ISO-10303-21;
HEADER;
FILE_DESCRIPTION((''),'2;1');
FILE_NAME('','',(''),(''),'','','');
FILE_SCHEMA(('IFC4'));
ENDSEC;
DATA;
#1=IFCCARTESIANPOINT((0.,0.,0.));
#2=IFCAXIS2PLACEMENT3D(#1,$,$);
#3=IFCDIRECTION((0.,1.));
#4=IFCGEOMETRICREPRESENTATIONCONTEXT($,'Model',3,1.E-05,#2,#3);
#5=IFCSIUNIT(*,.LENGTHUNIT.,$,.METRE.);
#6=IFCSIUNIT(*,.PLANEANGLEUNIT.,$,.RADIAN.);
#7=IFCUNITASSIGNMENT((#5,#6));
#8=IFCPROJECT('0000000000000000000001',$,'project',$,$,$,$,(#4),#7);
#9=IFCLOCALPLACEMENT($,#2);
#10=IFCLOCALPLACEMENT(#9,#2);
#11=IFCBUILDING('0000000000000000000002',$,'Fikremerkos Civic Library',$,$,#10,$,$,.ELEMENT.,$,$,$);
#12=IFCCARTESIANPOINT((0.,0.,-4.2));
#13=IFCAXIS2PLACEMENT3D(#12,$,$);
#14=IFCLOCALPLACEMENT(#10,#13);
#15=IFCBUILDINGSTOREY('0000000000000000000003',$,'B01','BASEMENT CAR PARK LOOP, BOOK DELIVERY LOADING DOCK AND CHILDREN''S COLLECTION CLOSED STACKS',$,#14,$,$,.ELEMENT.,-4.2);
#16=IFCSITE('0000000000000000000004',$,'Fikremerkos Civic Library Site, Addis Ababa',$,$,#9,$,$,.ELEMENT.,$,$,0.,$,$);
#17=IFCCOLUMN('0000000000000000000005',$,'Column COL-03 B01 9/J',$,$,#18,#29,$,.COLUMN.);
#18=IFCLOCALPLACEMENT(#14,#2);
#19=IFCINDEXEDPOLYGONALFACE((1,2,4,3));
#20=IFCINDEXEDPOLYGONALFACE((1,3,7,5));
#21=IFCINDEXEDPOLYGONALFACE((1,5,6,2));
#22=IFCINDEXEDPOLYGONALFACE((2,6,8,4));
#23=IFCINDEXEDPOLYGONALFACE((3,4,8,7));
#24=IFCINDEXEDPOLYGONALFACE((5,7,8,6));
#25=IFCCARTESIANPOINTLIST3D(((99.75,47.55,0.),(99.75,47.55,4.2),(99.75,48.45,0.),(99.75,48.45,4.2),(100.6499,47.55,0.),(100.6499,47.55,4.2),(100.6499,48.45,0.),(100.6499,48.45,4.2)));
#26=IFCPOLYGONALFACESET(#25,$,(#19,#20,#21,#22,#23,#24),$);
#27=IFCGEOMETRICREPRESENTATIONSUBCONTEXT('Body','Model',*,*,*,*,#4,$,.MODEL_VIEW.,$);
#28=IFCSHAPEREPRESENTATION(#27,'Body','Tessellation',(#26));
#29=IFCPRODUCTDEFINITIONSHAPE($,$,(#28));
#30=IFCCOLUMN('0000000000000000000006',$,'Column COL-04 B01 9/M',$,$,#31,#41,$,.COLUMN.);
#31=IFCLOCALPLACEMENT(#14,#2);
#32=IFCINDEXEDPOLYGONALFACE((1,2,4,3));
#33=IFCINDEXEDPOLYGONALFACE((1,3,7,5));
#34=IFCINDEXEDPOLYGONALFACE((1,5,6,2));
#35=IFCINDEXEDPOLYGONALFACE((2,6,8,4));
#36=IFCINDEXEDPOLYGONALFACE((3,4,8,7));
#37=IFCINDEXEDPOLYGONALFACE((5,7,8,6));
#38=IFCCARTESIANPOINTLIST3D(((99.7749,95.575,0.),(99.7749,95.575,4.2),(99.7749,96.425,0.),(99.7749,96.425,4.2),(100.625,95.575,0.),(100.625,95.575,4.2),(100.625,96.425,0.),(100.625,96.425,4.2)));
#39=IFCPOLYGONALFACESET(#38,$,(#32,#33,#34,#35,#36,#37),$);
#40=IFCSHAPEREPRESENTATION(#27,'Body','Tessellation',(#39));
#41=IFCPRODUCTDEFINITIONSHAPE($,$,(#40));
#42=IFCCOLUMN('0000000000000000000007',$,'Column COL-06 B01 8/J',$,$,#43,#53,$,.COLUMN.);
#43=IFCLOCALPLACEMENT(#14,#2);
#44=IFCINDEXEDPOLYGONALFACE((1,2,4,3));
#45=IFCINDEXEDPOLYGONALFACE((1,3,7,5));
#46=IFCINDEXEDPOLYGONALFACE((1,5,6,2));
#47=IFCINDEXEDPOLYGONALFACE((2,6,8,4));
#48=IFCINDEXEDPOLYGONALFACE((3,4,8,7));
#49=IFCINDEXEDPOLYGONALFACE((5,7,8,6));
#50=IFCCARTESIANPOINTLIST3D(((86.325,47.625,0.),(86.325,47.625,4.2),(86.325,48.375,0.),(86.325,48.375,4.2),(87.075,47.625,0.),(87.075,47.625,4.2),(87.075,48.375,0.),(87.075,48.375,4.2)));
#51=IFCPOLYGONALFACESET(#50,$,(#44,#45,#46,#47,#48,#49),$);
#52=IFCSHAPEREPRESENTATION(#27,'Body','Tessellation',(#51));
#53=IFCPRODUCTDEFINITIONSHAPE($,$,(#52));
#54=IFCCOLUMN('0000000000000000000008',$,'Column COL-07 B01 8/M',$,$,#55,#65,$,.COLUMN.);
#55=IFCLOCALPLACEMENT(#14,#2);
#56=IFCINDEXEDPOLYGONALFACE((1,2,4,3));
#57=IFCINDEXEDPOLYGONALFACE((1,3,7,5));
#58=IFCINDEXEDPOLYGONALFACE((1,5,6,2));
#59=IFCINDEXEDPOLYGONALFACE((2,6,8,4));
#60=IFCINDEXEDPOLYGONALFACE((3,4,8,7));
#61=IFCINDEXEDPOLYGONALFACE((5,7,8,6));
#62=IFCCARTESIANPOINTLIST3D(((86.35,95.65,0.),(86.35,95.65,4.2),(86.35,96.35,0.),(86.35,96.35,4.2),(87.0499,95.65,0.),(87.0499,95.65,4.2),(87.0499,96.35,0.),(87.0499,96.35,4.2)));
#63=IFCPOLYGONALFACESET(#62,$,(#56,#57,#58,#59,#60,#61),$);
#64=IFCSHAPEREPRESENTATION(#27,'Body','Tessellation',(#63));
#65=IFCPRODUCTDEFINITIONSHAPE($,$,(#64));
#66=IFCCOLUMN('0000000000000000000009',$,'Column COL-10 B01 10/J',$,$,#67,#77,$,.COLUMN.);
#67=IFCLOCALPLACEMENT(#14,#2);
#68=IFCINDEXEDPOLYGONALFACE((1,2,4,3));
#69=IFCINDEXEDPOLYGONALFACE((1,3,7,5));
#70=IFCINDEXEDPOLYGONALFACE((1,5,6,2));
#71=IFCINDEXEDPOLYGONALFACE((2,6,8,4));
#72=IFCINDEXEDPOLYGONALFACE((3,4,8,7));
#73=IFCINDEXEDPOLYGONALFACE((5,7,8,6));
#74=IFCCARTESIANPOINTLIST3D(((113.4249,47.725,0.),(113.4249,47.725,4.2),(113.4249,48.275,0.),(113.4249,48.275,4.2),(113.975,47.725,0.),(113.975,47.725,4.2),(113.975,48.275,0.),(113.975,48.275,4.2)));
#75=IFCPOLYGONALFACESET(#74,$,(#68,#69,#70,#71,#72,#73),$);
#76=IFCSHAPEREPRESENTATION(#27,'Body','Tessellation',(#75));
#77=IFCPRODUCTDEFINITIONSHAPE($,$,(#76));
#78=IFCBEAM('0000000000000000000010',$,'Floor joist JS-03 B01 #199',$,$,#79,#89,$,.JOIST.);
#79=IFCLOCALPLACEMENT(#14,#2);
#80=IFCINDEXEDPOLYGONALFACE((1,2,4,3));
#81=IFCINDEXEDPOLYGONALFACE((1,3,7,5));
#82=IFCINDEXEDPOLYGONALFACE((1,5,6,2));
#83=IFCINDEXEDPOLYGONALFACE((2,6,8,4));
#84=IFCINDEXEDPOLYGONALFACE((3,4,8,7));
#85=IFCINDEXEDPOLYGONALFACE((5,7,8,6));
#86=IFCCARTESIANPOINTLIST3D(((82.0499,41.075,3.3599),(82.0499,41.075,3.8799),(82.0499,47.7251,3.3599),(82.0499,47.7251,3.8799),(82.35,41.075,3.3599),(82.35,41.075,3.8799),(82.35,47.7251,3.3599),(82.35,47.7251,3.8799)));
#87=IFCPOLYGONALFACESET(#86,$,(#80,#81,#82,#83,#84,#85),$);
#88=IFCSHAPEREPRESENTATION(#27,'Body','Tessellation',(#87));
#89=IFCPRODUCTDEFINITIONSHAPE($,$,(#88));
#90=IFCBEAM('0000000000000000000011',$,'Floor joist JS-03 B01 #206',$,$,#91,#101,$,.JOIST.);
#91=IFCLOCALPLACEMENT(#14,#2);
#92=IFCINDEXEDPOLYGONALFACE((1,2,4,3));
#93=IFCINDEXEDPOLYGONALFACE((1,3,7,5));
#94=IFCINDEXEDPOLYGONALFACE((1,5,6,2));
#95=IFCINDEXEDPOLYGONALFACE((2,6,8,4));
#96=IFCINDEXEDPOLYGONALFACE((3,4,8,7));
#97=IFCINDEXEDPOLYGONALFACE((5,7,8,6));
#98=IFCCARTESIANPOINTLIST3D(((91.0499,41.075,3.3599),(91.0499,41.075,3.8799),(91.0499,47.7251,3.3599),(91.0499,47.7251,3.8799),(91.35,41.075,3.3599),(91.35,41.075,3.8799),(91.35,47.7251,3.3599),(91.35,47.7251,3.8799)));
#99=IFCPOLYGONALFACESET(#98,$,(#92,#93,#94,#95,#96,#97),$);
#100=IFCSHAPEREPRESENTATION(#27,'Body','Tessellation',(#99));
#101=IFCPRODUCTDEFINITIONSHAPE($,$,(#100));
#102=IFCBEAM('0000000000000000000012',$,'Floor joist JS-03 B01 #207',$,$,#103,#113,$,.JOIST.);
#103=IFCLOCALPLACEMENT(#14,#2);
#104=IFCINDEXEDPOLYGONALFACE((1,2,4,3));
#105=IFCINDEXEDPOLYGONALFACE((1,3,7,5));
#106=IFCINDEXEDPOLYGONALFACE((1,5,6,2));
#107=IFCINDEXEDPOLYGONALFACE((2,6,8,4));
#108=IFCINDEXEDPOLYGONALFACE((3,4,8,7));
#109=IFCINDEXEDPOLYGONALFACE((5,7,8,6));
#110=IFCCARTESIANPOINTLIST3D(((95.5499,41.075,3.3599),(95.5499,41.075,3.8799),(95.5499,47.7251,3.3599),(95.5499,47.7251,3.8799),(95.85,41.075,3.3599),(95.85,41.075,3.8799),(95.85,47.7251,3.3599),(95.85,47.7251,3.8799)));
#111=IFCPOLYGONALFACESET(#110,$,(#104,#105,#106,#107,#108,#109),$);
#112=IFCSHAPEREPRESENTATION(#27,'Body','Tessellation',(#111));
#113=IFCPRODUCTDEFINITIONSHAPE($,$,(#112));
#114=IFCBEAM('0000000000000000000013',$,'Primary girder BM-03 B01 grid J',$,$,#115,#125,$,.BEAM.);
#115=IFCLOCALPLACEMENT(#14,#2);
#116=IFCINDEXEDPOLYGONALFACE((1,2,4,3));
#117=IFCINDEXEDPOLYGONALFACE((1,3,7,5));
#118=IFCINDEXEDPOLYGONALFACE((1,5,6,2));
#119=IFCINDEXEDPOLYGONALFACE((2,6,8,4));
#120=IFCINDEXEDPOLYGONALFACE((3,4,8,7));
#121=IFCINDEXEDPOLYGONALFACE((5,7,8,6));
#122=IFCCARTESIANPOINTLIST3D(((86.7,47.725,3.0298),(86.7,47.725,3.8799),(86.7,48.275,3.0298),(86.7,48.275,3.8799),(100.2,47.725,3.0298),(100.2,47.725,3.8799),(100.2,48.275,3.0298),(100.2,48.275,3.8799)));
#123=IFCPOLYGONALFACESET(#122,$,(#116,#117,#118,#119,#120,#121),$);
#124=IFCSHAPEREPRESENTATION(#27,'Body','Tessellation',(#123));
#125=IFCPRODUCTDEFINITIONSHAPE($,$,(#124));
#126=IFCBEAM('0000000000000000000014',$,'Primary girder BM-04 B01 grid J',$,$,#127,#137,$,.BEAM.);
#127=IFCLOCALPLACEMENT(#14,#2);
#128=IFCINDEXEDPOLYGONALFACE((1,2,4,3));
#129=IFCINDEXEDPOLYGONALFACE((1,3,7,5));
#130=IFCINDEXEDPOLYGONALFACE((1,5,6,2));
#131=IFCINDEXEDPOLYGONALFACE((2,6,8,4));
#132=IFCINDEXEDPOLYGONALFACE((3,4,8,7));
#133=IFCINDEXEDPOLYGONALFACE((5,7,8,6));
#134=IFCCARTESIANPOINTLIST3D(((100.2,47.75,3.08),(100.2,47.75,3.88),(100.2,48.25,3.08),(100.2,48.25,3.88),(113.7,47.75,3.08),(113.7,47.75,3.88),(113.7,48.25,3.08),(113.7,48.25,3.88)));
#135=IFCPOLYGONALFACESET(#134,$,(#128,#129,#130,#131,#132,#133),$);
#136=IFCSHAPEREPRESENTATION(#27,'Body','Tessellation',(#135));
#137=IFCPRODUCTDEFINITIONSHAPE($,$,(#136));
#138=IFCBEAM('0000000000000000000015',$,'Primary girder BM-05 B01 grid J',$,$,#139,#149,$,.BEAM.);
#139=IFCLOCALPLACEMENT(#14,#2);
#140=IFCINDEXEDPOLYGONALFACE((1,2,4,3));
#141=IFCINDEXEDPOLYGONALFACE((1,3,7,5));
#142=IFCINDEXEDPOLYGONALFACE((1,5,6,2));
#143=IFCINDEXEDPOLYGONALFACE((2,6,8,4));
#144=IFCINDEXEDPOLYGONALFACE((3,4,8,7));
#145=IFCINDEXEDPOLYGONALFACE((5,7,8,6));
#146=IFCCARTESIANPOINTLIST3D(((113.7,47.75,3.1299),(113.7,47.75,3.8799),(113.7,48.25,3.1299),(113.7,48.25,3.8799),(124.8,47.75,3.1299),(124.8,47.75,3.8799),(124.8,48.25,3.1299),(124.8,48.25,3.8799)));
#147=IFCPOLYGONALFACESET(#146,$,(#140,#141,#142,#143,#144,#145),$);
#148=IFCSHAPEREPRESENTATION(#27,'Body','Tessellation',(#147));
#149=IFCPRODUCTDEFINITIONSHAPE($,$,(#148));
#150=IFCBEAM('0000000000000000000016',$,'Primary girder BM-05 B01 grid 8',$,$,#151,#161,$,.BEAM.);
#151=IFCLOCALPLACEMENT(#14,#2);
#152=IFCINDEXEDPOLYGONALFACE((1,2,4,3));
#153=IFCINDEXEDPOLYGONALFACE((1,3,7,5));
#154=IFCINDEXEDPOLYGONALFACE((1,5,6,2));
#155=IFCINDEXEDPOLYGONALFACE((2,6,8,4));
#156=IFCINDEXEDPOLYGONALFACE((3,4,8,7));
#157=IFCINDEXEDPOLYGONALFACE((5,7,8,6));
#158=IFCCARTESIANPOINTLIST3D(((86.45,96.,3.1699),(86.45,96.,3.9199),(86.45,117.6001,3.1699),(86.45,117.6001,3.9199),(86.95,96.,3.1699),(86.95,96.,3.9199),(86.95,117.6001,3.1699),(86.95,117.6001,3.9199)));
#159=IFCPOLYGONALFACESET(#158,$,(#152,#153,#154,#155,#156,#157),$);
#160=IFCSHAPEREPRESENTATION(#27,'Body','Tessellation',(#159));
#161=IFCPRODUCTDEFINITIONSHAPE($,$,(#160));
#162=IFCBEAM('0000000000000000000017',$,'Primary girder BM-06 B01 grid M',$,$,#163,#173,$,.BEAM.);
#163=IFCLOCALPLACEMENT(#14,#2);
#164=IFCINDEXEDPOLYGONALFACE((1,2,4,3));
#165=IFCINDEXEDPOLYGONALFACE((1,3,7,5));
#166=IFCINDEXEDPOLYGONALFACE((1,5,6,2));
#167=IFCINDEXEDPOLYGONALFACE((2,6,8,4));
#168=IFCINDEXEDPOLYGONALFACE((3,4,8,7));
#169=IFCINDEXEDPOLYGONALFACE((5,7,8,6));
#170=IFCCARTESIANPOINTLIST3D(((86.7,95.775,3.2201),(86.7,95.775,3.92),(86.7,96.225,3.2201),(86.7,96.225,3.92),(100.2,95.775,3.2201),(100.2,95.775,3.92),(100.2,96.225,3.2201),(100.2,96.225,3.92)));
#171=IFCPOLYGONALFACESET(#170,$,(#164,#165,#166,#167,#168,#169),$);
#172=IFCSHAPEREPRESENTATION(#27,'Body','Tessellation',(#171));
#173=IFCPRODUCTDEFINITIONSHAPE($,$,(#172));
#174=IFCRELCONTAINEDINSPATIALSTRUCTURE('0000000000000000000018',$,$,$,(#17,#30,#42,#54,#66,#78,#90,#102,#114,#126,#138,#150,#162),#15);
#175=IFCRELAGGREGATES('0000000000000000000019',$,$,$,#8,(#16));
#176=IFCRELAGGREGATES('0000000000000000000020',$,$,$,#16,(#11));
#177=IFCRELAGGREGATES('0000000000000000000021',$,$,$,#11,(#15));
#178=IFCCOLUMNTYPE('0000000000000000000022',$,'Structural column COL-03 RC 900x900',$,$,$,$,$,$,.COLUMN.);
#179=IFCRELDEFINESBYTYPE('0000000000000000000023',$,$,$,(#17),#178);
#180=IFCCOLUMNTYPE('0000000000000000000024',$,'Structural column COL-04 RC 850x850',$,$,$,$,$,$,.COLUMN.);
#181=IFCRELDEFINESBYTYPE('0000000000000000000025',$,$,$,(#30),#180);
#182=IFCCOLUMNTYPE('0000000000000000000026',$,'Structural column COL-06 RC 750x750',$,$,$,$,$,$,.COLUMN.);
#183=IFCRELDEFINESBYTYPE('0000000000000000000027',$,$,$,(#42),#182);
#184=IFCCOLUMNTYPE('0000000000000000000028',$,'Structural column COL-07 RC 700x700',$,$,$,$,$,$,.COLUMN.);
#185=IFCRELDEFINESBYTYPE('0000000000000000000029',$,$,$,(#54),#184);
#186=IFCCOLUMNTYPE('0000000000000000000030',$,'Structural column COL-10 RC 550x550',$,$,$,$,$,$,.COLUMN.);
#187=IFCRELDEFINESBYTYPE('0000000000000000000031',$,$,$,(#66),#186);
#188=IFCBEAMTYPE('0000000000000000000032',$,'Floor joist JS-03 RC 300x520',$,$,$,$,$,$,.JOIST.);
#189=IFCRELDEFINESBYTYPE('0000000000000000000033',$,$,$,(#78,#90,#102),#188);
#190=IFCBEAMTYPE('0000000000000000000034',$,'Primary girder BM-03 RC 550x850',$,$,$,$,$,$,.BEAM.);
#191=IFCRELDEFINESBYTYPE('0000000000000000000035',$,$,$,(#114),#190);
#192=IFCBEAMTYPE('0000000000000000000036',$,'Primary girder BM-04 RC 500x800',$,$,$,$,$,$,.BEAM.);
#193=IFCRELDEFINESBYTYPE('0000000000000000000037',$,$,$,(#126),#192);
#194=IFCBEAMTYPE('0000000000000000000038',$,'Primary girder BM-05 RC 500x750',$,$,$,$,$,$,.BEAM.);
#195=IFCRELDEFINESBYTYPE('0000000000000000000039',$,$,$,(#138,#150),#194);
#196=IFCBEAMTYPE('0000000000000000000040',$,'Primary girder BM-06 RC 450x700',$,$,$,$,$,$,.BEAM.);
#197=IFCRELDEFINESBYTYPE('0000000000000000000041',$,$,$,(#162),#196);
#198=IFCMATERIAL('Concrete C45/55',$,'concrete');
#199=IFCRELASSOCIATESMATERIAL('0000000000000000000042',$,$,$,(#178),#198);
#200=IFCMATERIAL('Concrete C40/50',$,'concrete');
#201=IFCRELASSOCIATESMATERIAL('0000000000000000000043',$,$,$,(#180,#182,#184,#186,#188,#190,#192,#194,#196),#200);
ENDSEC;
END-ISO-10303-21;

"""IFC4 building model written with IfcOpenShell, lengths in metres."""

from ifc_helpers import new_model, si_unit, direction, frame, origin, origin_2d, place, context, subcontext, project, spatial, rectangle, extrude, material, material_profile, profile_set, type_object, element, save


model = new_model("IFC4")

# Units and contexts
model_context = context("Model", 3, precision=1e-05, world=origin(), true_north=direction((0.0, 1.0)))
body_context = subcontext(model_context, "Body", "Model", "MODEL_VIEW")
ifc_project = project(units=[si_unit("LENGTHUNIT", "METRE"), si_unit("PLANEANGLEUNIT", "RADIAN")], contexts=[model_context])

# Site, building, storey
site_placement = place(None, origin())
site = spatial("IfcSite", under=ifc_project, at=site_placement, Name="Fikremerkos Civic Library Site, Addis Ababa", CompositionType="ELEMENT", RefElevation=0.0)
building_placement = place(site_placement, origin())
building = spatial("IfcBuilding", under=site, at=building_placement, Name="Fikremerkos Civic Library", CompositionType="ELEMENT")
storey_placement = place(building_placement, frame((0.0, 0.0, -4.2)))
storey = spatial("IfcBuildingStorey", under=building, at=storey_placement, Name="B01", Description="BASEMENT CAR PARK LOOP, BOOK DELIVERY LOADING DOCK AND CHILDREN'S COLLECTION CLOSED STACKS", CompositionType="ELEMENT", Elevation=-4.2)

# Columns
ifc_material_1 = material(Name="Concrete C45/55", Category="concrete")
ifc_material_profile_1 = material_profile(ifc_material_1, rectangle(XDim=0.8999, YDim=0.8999, at=origin_2d()), Name="RC 900x900")
ifc_profile_set_1 = profile_set([ifc_material_profile_1], Name="Concrete C45/55")
column_type_1 = type_object("IfcColumnType", Name="Structural column COL-03 RC 900x900", PredefinedType="COLUMN", material=ifc_profile_set_1)
column_1_placement = place(storey_placement, frame((100.2, 48.0, 0.0), z_axis=(0.0, 0.0, 1.0), x_axis=(1.0, 0.0, 0.0)))
element("IfcColumn", 1, at=column_1_placement, inside=storey, type_object=column_type_1, Name="Column COL-03 B01 9/J", PredefinedType="COLUMN", context=body_context, shape_type="SweptSolid", body=[
    extrude(rectangle(XDim=0.8999, YDim=0.8999, at=origin_2d()), origin(), (0.0, 0.0, 1.0), 4.2),
])
ifc_material_2 = material(Name="Concrete C40/50", Category="concrete")
ifc_material_profile_2 = material_profile(ifc_material_2, rectangle(XDim=0.8501, YDim=0.8501, at=origin_2d()), Name="RC 850x850")
ifc_profile_set_2 = profile_set([ifc_material_profile_2], Name="Concrete C40/50")
column_type_2 = type_object("IfcColumnType", Name="Structural column COL-04 RC 850x850", PredefinedType="COLUMN", material=ifc_profile_set_2)
column_2_placement = place(storey_placement, frame((100.2, 96.0, 0.0), z_axis=(0.0, 0.0, 1.0), x_axis=(1.0, 0.0, 0.0)))
element("IfcColumn", 2, at=column_2_placement, inside=storey, type_object=column_type_2, Name="Column COL-04 B01 9/M", PredefinedType="COLUMN", context=body_context, shape_type="SweptSolid", body=[
    extrude(rectangle(XDim=0.8501, YDim=0.8501, at=origin_2d()), origin(), (0.0, 0.0, 1.0), 4.2),
])
ifc_material_profile_3 = material_profile(ifc_material_2, rectangle(XDim=0.75, YDim=0.75, at=origin_2d()), Name="RC 750x750")
ifc_profile_set_3 = profile_set([ifc_material_profile_3], Name="Concrete C40/50")
column_type_3 = type_object("IfcColumnType", Name="Structural column COL-06 RC 750x750", PredefinedType="COLUMN", material=ifc_profile_set_3)
column_3_placement = place(storey_placement, frame((86.7, 48.0, 0.0), z_axis=(0.0, 0.0, 1.0), x_axis=(1.0, 0.0, 0.0)))
element("IfcColumn", 3, at=column_3_placement, inside=storey, type_object=column_type_3, Name="Column COL-06 B01 8/J", PredefinedType="COLUMN", context=body_context, shape_type="SweptSolid", body=[
    extrude(rectangle(XDim=0.75, YDim=0.75, at=origin_2d()), origin(), (0.0, 0.0, 1.0), 4.2),
])
ifc_material_profile_4 = material_profile(ifc_material_2, rectangle(XDim=0.7, YDim=0.7, at=origin_2d()), Name="RC 700x700")
ifc_profile_set_4 = profile_set([ifc_material_profile_4], Name="Concrete C40/50")
column_type_4 = type_object("IfcColumnType", Name="Structural column COL-07 RC 700x700", PredefinedType="COLUMN", material=ifc_profile_set_4)
column_4_placement = place(storey_placement, frame((86.7, 96.0, 0.0), z_axis=(0.0, 0.0, 1.0), x_axis=(1.0, 0.0, 0.0)))
element("IfcColumn", 4, at=column_4_placement, inside=storey, type_object=column_type_4, Name="Column COL-07 B01 8/M", PredefinedType="COLUMN", context=body_context, shape_type="SweptSolid", body=[
    extrude(rectangle(XDim=0.7, YDim=0.7, at=origin_2d()), origin(), (0.0, 0.0, 1.0), 4.2),
])
ifc_material_profile_5 = material_profile(ifc_material_2, rectangle(XDim=0.55, YDim=0.55, at=origin_2d()), Name="RC 550x550")
ifc_profile_set_5 = profile_set([ifc_material_profile_5], Name="Concrete C40/50")
column_type_5 = type_object("IfcColumnType", Name="Structural column COL-10 RC 550x550", PredefinedType="COLUMN", material=ifc_profile_set_5)
column_5_placement = place(storey_placement, frame((113.7, 48.0, 0.0), z_axis=(0.0, 0.0, 1.0), x_axis=(1.0, 0.0, 0.0)))
element("IfcColumn", 5, at=column_5_placement, inside=storey, type_object=column_type_5, Name="Column COL-10 B01 10/J", PredefinedType="COLUMN", context=body_context, shape_type="SweptSolid", body=[
    extrude(rectangle(XDim=0.55, YDim=0.55, at=origin_2d()), origin(), (0.0, 0.0, 1.0), 4.2),
])

# Beams
ifc_material_profile_6 = material_profile(ifc_material_2, rectangle(XDim=0.3, YDim=0.52, at=origin_2d()), Name="RC 300x520")
ifc_profile_set_6 = profile_set([ifc_material_profile_6], Name="Concrete C40/50")
beam_type_1 = type_object("IfcBeamType", Name="Floor joist JS-03 RC 300x520", PredefinedType="JOIST", material=ifc_profile_set_6)
for number, where, z_axis, x_axis, name in (
    (6, (82.2, 41.075, 3.6199), (0.0, 1.0, 0.0), (-1.0, 0.0, 0.0), "Floor joist JS-03 B01 #199"),
    (7, (91.2, 41.075, 3.6199), (0.0, 1.0, 0.0), (-1.0, 0.0, 0.0), "Floor joist JS-03 B01 #206"),
    (8, (95.7, 41.075, 3.6199), (0.0, 1.0, 0.0), (-1.0, 0.0, 0.0), "Floor joist JS-03 B01 #207"),
):
    element("IfcBeam", number, at=place(storey_placement, frame(where, z_axis=z_axis, x_axis=x_axis)), inside=storey, type_object=beam_type_1, Name=name, PredefinedType="JOIST", context=body_context, shape_type="SweptSolid", body=[
        extrude(rectangle(XDim=0.3, YDim=0.52, at=origin_2d()), origin(), (0.0, 0.0, 1.0), 6.6501),
    ])
ifc_material_profile_7 = material_profile(ifc_material_2, rectangle(XDim=0.55, YDim=0.8501, at=origin_2d()), Name="RC 550x850")
ifc_profile_set_7 = profile_set([ifc_material_profile_7], Name="Concrete C40/50")
beam_type_2 = type_object("IfcBeamType", Name="Primary girder BM-03 RC 550x850", PredefinedType="BEAM", material=ifc_profile_set_7)
beam_1_placement = place(storey_placement, frame((86.7, 48.0, 3.4548), z_axis=(1.0, 0.0, 0.0), x_axis=(0.0, 1.0, 0.0)))
element("IfcBeam", 9, at=beam_1_placement, inside=storey, type_object=beam_type_2, Name="Primary girder BM-03 B01 grid J", PredefinedType="BEAM", context=body_context, shape_type="SweptSolid", body=[
    extrude(rectangle(XDim=0.55, YDim=0.8501, at=origin_2d()), origin(), (0.0, 0.0, 1.0), 13.5),
])
ifc_material_profile_8 = material_profile(ifc_material_2, rectangle(XDim=0.5, YDim=0.8, at=origin_2d()), Name="RC 500x800")
ifc_profile_set_8 = profile_set([ifc_material_profile_8], Name="Concrete C40/50")
beam_type_3 = type_object("IfcBeamType", Name="Primary girder BM-04 RC 500x800", PredefinedType="BEAM", material=ifc_profile_set_8)
beam_2_placement = place(storey_placement, frame((100.2, 48.0, 3.48), z_axis=(1.0, 0.0, 0.0), x_axis=(0.0, 1.0, 0.0)))
element("IfcBeam", 10, at=beam_2_placement, inside=storey, type_object=beam_type_3, Name="Primary girder BM-04 B01 grid J", PredefinedType="BEAM", context=body_context, shape_type="SweptSolid", body=[
    extrude(rectangle(XDim=0.5, YDim=0.8, at=origin_2d()), origin(), (0.0, 0.0, 1.0), 13.5),
])
ifc_material_profile_9 = material_profile(ifc_material_2, rectangle(XDim=0.5, YDim=0.75, at=origin_2d()), Name="RC 500x750")
ifc_profile_set_9 = profile_set([ifc_material_profile_9], Name="Concrete C40/50")
beam_type_4 = type_object("IfcBeamType", Name="Primary girder BM-05 RC 500x750", PredefinedType="BEAM", material=ifc_profile_set_9)
beam_3_placement = place(storey_placement, frame((113.7, 48.0, 3.5049), z_axis=(1.0, 0.0, 0.0), x_axis=(0.0, 1.0, 0.0)))
element("IfcBeam", 11, at=beam_3_placement, inside=storey, type_object=beam_type_4, Name="Primary girder BM-05 B01 grid J", PredefinedType="BEAM", context=body_context, shape_type="SweptSolid", body=[
    extrude(rectangle(XDim=0.5, YDim=0.75, at=origin_2d()), origin(), (0.0, 0.0, 1.0), 11.1001),
])
beam_4_placement = place(storey_placement, frame((86.7, 96.0, 3.5449), z_axis=(0.0, 1.0, 0.0), x_axis=(-1.0, 0.0, 0.0)))
element("IfcBeam", 12, at=beam_4_placement, inside=storey, type_object=beam_type_4, Name="Primary girder BM-05 B01 grid 8", PredefinedType="BEAM", context=body_context, shape_type="SweptSolid", body=[
    extrude(rectangle(XDim=0.5, YDim=0.75, at=origin_2d()), origin(), (0.0, 0.0, 1.0), 21.6001),
])
ifc_material_profile_10 = material_profile(ifc_material_2, rectangle(XDim=0.45, YDim=0.7, at=origin_2d()), Name="RC 450x700")
ifc_profile_set_10 = profile_set([ifc_material_profile_10], Name="Concrete C40/50")
beam_type_5 = type_object("IfcBeamType", Name="Primary girder BM-06 RC 450x700", PredefinedType="BEAM", material=ifc_profile_set_10)
beam_5_placement = place(storey_placement, frame((86.7, 96.0, 3.5701), z_axis=(1.0, 0.0, 0.0), x_axis=(0.0, 1.0, 0.0)))
element("IfcBeam", 13, at=beam_5_placement, inside=storey, type_object=beam_type_5, Name="Primary girder BM-06 B01 grid M", PredefinedType="BEAM", context=body_context, shape_type="SweptSolid", body=[
    extrude(rectangle(XDim=0.45, YDim=0.7, at=origin_2d()), origin(), (0.0, 0.0, 1.0), 13.5),
])

save(model, "model.ifc")
